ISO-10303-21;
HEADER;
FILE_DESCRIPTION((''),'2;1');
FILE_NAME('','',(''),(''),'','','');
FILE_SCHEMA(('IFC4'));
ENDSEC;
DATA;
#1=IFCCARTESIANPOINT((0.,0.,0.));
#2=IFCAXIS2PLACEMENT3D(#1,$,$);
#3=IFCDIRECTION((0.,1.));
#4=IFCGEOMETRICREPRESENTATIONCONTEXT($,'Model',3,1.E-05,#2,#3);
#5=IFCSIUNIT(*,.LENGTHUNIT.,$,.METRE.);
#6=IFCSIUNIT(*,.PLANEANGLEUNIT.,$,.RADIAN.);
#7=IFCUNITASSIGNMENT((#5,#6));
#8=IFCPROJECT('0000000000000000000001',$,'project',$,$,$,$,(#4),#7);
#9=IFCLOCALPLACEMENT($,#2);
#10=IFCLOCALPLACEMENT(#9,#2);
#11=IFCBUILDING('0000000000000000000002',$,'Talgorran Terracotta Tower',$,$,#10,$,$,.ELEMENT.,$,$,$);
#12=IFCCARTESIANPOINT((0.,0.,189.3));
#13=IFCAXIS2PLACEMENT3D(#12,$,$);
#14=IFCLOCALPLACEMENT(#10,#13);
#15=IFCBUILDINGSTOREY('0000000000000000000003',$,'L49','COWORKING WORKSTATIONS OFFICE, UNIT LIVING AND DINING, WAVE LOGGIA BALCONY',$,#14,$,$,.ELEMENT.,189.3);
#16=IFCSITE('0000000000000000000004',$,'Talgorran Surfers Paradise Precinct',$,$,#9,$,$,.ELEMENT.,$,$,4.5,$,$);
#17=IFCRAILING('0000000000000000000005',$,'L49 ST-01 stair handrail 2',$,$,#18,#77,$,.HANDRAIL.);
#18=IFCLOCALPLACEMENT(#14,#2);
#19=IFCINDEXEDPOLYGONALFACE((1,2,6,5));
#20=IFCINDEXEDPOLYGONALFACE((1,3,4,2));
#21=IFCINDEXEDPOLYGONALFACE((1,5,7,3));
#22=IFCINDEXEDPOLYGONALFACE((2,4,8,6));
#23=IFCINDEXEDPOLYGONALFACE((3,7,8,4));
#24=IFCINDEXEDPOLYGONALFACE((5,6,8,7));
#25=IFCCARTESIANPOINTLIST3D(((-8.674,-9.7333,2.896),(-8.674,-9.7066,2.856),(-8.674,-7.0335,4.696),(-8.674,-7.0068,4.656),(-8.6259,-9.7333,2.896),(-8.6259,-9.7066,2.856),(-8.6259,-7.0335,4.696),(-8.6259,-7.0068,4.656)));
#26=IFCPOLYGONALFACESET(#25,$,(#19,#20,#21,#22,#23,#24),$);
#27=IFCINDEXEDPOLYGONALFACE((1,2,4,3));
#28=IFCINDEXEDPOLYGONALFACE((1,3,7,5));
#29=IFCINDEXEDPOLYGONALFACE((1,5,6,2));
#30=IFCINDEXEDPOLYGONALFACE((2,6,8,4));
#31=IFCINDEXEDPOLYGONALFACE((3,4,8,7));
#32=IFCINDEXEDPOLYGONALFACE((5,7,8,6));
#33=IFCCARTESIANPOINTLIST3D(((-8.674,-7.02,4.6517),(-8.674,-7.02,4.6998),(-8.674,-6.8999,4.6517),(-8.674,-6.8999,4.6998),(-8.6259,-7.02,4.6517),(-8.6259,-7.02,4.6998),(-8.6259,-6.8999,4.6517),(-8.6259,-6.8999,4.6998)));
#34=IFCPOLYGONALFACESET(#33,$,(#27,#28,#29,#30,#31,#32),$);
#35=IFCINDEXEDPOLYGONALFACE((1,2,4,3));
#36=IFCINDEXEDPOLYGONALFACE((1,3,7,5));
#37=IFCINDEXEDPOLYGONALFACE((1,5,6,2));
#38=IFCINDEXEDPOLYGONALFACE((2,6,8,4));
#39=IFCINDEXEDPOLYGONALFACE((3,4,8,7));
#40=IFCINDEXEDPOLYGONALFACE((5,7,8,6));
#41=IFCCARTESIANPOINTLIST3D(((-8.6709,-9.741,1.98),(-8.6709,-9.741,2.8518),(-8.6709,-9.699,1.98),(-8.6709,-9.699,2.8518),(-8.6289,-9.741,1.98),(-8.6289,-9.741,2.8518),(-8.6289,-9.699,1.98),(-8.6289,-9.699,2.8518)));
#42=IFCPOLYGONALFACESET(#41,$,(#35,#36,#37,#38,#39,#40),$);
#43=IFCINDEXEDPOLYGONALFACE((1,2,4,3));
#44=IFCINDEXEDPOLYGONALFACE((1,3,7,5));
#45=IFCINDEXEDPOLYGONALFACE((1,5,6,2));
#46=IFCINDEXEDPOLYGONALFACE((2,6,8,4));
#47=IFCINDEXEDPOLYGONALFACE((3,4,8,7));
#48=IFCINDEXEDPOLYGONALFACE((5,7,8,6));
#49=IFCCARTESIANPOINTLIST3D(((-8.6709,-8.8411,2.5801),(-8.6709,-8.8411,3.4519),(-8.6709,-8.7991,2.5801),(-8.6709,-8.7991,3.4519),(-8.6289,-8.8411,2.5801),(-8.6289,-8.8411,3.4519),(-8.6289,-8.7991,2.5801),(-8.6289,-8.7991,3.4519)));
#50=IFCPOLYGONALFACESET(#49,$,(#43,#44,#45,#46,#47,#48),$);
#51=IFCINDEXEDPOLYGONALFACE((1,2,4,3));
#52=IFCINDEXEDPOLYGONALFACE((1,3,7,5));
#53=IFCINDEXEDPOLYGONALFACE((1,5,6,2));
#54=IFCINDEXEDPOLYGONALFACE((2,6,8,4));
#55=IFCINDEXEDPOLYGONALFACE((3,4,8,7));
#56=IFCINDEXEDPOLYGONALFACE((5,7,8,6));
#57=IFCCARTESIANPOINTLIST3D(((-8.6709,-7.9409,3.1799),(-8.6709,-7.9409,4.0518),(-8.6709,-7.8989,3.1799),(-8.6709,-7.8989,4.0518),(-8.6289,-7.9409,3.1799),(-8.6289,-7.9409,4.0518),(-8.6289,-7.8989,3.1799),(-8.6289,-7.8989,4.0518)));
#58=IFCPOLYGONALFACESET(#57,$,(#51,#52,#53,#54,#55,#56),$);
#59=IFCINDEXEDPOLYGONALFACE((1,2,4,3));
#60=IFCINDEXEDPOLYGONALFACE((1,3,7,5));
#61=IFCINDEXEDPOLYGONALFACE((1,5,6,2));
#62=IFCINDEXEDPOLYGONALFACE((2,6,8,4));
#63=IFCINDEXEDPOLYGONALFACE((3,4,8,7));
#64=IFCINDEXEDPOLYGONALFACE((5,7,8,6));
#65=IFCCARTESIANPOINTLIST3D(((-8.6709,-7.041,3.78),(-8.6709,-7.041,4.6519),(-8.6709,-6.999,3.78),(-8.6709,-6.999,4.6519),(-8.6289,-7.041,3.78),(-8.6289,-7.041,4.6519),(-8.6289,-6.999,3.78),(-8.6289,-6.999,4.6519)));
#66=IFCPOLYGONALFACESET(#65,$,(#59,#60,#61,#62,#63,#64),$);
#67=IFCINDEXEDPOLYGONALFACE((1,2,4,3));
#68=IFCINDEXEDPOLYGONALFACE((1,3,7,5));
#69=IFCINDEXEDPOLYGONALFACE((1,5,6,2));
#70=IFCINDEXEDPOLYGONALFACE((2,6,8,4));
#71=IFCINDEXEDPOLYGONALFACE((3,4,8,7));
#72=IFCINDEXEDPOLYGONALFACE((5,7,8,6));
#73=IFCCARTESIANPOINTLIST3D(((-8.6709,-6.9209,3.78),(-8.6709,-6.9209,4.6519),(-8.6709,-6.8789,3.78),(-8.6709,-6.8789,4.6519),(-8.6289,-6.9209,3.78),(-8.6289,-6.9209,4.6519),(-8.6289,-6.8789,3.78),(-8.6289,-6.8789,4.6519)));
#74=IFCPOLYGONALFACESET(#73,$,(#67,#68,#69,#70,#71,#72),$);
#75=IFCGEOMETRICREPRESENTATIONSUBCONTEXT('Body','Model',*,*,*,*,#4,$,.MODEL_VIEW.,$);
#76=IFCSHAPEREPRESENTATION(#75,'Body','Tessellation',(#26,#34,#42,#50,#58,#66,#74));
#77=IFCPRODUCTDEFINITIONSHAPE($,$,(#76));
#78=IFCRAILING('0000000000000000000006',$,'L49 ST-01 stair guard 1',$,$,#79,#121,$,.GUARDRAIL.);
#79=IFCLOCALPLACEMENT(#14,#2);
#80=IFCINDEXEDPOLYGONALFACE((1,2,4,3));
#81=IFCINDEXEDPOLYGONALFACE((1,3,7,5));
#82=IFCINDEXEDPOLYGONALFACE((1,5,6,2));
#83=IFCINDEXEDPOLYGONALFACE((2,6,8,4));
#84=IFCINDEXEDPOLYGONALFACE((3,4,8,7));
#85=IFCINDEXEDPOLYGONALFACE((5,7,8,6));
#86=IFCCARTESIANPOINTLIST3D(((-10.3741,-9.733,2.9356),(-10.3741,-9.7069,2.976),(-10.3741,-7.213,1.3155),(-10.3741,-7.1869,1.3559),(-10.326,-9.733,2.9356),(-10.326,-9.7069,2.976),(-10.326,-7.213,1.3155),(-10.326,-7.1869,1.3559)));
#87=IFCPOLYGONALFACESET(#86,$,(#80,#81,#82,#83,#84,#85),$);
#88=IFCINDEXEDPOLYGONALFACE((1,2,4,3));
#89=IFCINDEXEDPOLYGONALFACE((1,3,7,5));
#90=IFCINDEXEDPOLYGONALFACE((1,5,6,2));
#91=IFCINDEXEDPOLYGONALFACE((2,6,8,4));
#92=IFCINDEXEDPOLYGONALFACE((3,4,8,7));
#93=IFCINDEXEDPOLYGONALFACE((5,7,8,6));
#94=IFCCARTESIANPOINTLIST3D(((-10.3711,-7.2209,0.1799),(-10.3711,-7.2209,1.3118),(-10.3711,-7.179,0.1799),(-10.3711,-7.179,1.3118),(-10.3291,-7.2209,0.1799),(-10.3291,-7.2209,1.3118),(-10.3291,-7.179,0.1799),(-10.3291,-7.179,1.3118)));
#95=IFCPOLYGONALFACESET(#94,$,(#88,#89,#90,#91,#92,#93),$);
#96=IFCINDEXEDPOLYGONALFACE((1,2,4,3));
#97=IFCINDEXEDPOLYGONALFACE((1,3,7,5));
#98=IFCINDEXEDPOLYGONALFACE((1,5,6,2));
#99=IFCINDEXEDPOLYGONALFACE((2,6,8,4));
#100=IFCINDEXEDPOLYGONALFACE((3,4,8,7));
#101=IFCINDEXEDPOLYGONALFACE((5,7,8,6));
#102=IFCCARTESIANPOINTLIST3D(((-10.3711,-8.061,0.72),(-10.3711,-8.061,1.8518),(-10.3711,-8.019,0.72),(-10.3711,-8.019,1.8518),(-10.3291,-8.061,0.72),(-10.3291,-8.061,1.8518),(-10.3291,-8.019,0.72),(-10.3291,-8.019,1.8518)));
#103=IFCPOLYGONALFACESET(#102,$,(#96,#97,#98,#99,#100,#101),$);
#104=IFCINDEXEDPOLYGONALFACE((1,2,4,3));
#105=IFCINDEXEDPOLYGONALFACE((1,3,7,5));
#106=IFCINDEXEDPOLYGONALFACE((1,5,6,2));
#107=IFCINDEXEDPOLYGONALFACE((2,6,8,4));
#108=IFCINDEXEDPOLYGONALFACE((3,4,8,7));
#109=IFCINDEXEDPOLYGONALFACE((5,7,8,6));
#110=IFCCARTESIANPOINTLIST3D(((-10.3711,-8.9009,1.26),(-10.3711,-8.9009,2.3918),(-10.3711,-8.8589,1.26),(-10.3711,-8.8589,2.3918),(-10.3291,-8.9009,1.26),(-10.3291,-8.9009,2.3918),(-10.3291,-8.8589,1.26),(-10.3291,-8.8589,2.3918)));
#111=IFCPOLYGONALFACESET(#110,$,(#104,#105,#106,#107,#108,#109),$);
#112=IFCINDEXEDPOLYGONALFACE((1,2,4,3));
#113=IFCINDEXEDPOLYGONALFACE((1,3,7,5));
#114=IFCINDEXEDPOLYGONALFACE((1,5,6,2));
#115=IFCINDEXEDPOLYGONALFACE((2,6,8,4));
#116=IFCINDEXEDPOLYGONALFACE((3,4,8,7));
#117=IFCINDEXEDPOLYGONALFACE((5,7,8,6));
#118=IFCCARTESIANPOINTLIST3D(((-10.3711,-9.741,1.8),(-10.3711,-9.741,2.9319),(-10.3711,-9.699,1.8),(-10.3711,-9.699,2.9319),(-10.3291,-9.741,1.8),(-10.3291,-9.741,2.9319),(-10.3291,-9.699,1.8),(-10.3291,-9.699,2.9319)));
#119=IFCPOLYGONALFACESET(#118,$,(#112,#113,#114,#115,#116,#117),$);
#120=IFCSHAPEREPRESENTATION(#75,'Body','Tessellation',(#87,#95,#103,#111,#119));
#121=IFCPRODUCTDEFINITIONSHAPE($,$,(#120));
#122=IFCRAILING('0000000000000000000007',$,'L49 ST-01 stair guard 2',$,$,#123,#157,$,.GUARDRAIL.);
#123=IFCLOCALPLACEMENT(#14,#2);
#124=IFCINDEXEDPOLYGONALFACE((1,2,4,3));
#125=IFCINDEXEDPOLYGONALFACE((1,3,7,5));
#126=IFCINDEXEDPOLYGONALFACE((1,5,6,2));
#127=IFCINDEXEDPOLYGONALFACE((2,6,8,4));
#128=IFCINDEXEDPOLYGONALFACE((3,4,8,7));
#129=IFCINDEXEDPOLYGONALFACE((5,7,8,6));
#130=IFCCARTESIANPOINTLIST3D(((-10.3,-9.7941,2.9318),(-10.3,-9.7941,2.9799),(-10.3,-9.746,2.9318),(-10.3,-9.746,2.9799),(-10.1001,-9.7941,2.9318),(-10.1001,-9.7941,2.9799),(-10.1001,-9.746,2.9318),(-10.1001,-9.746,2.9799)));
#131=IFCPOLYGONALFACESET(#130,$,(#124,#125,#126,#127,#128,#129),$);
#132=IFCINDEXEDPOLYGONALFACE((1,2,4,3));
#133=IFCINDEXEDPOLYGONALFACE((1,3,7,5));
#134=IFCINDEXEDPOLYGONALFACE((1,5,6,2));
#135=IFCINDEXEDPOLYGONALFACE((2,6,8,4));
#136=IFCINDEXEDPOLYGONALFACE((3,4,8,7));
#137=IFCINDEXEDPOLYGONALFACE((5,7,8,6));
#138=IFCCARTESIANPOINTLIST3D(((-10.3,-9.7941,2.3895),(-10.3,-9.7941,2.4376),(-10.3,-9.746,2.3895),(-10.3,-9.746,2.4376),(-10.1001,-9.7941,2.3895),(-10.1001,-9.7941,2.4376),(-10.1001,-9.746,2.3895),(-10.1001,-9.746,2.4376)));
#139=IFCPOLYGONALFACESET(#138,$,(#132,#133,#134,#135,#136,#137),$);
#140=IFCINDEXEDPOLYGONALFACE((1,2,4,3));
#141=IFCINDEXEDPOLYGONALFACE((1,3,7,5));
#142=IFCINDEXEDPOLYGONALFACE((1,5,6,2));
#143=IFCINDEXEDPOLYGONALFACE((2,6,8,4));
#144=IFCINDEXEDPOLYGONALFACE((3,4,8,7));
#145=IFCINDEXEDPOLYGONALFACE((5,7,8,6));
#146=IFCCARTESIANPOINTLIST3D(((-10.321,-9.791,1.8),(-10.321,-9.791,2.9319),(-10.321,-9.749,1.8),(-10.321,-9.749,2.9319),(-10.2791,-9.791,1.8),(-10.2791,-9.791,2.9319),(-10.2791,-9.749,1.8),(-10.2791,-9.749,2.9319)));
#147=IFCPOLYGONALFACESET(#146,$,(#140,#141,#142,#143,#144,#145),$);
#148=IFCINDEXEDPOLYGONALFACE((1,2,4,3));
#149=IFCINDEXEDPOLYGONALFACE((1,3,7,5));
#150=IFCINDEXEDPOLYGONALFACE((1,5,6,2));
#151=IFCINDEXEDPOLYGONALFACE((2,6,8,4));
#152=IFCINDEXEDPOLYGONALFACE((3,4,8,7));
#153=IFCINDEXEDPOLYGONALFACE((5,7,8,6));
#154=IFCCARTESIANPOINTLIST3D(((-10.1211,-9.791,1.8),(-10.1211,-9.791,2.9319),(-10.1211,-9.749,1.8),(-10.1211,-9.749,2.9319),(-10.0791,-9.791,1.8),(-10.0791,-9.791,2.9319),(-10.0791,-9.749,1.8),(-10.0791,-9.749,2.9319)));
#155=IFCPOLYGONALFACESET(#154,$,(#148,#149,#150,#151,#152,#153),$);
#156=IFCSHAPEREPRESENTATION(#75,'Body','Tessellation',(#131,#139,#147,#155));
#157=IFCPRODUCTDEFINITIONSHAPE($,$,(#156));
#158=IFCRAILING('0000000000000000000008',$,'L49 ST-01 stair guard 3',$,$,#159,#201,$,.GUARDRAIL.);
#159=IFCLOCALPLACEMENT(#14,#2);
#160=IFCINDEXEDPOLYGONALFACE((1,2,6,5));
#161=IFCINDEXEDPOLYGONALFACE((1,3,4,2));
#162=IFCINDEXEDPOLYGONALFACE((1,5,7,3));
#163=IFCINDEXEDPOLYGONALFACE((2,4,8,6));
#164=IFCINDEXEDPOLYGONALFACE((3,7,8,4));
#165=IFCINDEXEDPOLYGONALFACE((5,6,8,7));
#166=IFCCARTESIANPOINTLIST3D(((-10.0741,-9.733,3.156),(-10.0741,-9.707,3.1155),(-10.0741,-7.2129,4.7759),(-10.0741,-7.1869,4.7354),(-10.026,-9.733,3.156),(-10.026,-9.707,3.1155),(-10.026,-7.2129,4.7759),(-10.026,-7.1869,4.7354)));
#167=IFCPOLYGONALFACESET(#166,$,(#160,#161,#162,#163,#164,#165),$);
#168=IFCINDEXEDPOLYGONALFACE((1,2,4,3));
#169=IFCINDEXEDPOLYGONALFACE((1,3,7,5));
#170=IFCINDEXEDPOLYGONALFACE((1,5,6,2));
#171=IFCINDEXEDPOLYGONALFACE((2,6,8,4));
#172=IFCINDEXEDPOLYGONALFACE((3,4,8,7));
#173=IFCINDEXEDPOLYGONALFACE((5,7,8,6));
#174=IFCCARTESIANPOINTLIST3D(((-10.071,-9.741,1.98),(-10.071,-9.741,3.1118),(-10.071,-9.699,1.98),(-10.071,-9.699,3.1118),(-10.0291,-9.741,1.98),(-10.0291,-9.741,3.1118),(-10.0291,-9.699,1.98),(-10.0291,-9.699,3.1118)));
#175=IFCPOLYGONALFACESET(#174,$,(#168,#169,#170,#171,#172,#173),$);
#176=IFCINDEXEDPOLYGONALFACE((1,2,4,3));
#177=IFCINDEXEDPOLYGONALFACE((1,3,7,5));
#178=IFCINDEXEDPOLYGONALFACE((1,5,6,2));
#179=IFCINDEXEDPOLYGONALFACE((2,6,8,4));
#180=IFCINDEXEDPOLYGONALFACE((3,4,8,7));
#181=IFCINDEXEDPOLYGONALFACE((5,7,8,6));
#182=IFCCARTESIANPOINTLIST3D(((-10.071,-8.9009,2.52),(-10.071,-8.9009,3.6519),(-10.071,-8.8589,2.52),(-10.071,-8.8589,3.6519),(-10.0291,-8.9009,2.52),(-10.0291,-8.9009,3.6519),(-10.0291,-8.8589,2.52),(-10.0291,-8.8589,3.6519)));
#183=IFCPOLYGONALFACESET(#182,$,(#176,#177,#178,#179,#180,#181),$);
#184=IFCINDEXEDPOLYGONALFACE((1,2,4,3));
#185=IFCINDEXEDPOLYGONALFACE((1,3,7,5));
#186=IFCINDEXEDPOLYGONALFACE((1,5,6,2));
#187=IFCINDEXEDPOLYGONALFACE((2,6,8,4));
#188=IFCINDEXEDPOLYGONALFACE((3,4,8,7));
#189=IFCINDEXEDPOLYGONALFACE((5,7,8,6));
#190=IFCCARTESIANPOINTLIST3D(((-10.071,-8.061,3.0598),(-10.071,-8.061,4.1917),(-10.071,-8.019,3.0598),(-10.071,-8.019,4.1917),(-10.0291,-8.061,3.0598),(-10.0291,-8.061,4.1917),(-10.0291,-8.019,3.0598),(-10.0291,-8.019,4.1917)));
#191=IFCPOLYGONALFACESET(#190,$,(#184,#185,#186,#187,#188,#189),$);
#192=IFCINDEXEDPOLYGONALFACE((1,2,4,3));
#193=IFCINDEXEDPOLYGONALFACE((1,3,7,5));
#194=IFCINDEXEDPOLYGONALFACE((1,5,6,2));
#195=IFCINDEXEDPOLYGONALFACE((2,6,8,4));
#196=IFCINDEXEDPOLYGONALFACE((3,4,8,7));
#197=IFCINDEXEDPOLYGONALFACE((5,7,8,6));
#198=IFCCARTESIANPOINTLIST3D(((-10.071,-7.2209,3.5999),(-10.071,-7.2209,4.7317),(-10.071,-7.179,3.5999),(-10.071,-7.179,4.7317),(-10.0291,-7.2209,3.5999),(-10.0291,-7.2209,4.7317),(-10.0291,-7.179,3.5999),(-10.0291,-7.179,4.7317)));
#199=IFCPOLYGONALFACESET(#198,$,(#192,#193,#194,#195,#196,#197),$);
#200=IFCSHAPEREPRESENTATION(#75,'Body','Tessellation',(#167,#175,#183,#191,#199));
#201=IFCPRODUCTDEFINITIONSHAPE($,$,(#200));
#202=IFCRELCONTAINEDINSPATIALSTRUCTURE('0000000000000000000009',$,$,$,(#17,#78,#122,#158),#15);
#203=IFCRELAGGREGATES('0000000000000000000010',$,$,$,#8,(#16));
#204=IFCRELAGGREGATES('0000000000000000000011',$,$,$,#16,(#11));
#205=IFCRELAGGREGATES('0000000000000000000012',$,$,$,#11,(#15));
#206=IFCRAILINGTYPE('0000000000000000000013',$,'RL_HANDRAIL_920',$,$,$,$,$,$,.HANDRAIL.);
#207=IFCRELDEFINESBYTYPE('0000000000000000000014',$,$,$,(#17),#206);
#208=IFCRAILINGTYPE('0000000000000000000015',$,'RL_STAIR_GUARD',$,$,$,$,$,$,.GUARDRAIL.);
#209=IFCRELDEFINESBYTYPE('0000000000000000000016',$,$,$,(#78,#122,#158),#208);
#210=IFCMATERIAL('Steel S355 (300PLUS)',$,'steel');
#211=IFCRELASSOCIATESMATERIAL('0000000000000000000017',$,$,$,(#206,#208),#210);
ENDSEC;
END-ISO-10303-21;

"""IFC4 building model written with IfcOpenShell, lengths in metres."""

from ifc_helpers import new_model, si_unit, direction, frame, origin, origin_2d, place, context, subcontext, project, spatial, rectangle, extrude, material, type_object, element, save


model = new_model("IFC4")

# Units and contexts
model_context = context("Model", 3, precision=1e-05, world=origin(), true_north=direction((0.0, 1.0)))
body_context = subcontext(model_context, "Body", "Model", "MODEL_VIEW")
ifc_project = project(units=[si_unit("LENGTHUNIT", "METRE"), si_unit("PLANEANGLEUNIT", "RADIAN")], contexts=[model_context])

# Site, building, storey
site_placement = place(None, origin())
site = spatial("IfcSite", under=ifc_project, at=site_placement, Name="Talgorran Surfers Paradise Precinct", CompositionType="ELEMENT", RefElevation=4.5)
building_placement = place(site_placement, origin())
building = spatial("IfcBuilding", under=site, at=building_placement, Name="Talgorran Terracotta Tower", CompositionType="ELEMENT")
storey_placement = place(building_placement, frame((0.0, 0.0, 189.3)))
storey = spatial("IfcBuildingStorey", under=building, at=storey_placement, Name="L49", Description="COWORKING WORKSTATIONS OFFICE, UNIT LIVING AND DINING, WAVE LOGGIA BALCONY", CompositionType="ELEMENT", Elevation=189.3)

# Railings
ifc_material_1 = material(Name="Steel S355 (300PLUS)", Category="steel")
railing_type_1 = type_object("IfcRailingType", Name="RL_HANDRAIL_920", PredefinedType="HANDRAIL", material=ifc_material_1)
railing_1_placement = place(storey_placement, frame((-8.6499, -9.72, 1.98)))
element("IfcRailing", 1, at=railing_1_placement, inside=storey, type_object=railing_type_1, Name="L49 ST-01 stair handrail 2", PredefinedType="HANDRAIL", context=body_context, shape_type="SweptSolid", body=[
    extrude(rectangle(XDim=0.0481, YDim=0.0481, at=origin_2d()), frame((0.0, 0.0, 0.896), z_axis=(0.0, 0.832039, 0.554718), x_axis=(-1.0, 0.0, 0.0)), (0.0, 0.0, 1.0), 3.2449),
    extrude(rectangle(XDim=0.0481, YDim=0.0481, at=origin_2d()), frame((0.0, 2.7, 2.6958), z_axis=(0.0, 1.0, 0.0), x_axis=(-1.0, 0.0, 0.0)), (0.0, 0.0, 1.0), 0.1201),
    extrude(rectangle(XDim=0.042, YDim=0.042, at=origin_2d()), origin(), (0.0, 0.0, 1.0), 0.8718),
    extrude(rectangle(XDim=0.042, YDim=0.042, at=origin_2d()), frame((0.0, 0.8999, 0.6001)), (0.0, 0.0, 1.0), 0.8718),
    extrude(rectangle(XDim=0.042, YDim=0.042, at=origin_2d()), frame((0.0, 1.8, 1.2)), (0.0, 0.0, 1.0), 0.8718),
    extrude(rectangle(XDim=0.042, YDim=0.042, at=origin_2d()), frame((0.0, 2.7, 1.8)), (0.0, 0.0, 1.0), 0.8718),
    extrude(rectangle(XDim=0.042, YDim=0.042, at=origin_2d()), frame((0.0, 2.8201, 1.8)), (0.0, 0.0, 1.0), 0.8718),
])
railing_type_2 = type_object("IfcRailingType", Name="RL_STAIR_GUARD", PredefinedType="GUARDRAIL", material=ifc_material_1)
railing_2_placement = place(storey_placement, frame((-10.3501, -7.2, 0.1799)))
element("IfcRailing", 2, at=railing_2_placement, inside=storey, type_object=railing_type_2, Name="L49 ST-01 stair guard 1", PredefinedType="GUARDRAIL", context=body_context, shape_type="SweptSolid", body=[
    extrude(rectangle(XDim=0.0481, YDim=0.0481, at=origin_2d()), frame((0.0, 0.0, 1.1558), z_axis=(0.0, -0.841163, 0.540782), x_axis=(1.0, 0.0, 0.0)), (0.0, 0.0, 1.0), 2.9958),
    extrude(rectangle(XDim=0.042, YDim=0.042, at=origin_2d()), origin(), (0.0, 0.0, 1.0), 1.1318),
    extrude(rectangle(XDim=0.042, YDim=0.042, at=origin_2d()), frame((0.0, -0.8401, 0.54)), (0.0, 0.0, 1.0), 1.1318),
    extrude(rectangle(XDim=0.042, YDim=0.042, at=origin_2d()), frame((0.0, -1.6799, 1.0801)), (0.0, 0.0, 1.0), 1.1318),
    extrude(rectangle(XDim=0.042, YDim=0.042, at=origin_2d()), frame((0.0, -2.52, 1.6201)), (0.0, 0.0, 1.0), 1.1318),
])
railing_3_placement = place(storey_placement, frame((-10.3, -9.77, 1.8)))
element("IfcRailing", 3, at=railing_3_placement, inside=storey, type_object=railing_type_2, Name="L49 ST-01 stair guard 2", PredefinedType="GUARDRAIL", context=body_context, shape_type="SweptSolid", body=[
    extrude(rectangle(XDim=0.0481, YDim=0.0481, at=origin_2d()), frame((0.0, 0.0, 1.1558), z_axis=(1.0, 0.0, 0.0), x_axis=(0.0, 1.0, 0.0)), (0.0, 0.0, 1.0), 0.2),
    extrude(rectangle(XDim=0.0481, YDim=0.0481, at=origin_2d()), frame((0.0, 0.0, 0.6135), z_axis=(1.0, 0.0, 0.0), x_axis=(0.0, 1.0, 0.0)), (0.0, 0.0, 1.0), 0.2),
    extrude(rectangle(XDim=0.042, YDim=0.042, at=origin_2d()), origin(), (0.0, 0.0, 1.0), 1.1318),
    extrude(rectangle(XDim=0.042, YDim=0.042, at=origin_2d()), frame((0.2, 0.0, 0.0)), (0.0, 0.0, 1.0), 1.1318),
])
railing_4_placement = place(storey_placement, frame((-10.05, -9.72, 1.98)))
element("IfcRailing", 4, at=railing_4_placement, inside=storey, type_object=railing_type_2, Name="L49 ST-01 stair guard 3", PredefinedType="GUARDRAIL", context=body_context, shape_type="SweptSolid", body=[
    extrude(rectangle(XDim=0.0481, YDim=0.0481, at=origin_2d()), frame((0.0, 0.0, 1.1558), z_axis=(0.0, 0.8412, 0.540725), x_axis=(-1.0, 0.0, 0.0)), (0.0, 0.0, 1.0), 2.9958),
    extrude(rectangle(XDim=0.042, YDim=0.042, at=origin_2d()), origin(), (0.0, 0.0, 1.0), 1.1318),
    extrude(rectangle(XDim=0.042, YDim=0.042, at=origin_2d()), frame((0.0, 0.8401, 0.54)), (0.0, 0.0, 1.0), 1.1318),
    extrude(rectangle(XDim=0.042, YDim=0.042, at=origin_2d()), frame((0.0, 1.6799, 1.0798)), (0.0, 0.0, 1.0), 1.1318),
    extrude(rectangle(XDim=0.042, YDim=0.042, at=origin_2d()), frame((0.0, 2.52, 1.6199)), (0.0, 0.0, 1.0), 1.1318),
])

save(model, "model.ifc")
